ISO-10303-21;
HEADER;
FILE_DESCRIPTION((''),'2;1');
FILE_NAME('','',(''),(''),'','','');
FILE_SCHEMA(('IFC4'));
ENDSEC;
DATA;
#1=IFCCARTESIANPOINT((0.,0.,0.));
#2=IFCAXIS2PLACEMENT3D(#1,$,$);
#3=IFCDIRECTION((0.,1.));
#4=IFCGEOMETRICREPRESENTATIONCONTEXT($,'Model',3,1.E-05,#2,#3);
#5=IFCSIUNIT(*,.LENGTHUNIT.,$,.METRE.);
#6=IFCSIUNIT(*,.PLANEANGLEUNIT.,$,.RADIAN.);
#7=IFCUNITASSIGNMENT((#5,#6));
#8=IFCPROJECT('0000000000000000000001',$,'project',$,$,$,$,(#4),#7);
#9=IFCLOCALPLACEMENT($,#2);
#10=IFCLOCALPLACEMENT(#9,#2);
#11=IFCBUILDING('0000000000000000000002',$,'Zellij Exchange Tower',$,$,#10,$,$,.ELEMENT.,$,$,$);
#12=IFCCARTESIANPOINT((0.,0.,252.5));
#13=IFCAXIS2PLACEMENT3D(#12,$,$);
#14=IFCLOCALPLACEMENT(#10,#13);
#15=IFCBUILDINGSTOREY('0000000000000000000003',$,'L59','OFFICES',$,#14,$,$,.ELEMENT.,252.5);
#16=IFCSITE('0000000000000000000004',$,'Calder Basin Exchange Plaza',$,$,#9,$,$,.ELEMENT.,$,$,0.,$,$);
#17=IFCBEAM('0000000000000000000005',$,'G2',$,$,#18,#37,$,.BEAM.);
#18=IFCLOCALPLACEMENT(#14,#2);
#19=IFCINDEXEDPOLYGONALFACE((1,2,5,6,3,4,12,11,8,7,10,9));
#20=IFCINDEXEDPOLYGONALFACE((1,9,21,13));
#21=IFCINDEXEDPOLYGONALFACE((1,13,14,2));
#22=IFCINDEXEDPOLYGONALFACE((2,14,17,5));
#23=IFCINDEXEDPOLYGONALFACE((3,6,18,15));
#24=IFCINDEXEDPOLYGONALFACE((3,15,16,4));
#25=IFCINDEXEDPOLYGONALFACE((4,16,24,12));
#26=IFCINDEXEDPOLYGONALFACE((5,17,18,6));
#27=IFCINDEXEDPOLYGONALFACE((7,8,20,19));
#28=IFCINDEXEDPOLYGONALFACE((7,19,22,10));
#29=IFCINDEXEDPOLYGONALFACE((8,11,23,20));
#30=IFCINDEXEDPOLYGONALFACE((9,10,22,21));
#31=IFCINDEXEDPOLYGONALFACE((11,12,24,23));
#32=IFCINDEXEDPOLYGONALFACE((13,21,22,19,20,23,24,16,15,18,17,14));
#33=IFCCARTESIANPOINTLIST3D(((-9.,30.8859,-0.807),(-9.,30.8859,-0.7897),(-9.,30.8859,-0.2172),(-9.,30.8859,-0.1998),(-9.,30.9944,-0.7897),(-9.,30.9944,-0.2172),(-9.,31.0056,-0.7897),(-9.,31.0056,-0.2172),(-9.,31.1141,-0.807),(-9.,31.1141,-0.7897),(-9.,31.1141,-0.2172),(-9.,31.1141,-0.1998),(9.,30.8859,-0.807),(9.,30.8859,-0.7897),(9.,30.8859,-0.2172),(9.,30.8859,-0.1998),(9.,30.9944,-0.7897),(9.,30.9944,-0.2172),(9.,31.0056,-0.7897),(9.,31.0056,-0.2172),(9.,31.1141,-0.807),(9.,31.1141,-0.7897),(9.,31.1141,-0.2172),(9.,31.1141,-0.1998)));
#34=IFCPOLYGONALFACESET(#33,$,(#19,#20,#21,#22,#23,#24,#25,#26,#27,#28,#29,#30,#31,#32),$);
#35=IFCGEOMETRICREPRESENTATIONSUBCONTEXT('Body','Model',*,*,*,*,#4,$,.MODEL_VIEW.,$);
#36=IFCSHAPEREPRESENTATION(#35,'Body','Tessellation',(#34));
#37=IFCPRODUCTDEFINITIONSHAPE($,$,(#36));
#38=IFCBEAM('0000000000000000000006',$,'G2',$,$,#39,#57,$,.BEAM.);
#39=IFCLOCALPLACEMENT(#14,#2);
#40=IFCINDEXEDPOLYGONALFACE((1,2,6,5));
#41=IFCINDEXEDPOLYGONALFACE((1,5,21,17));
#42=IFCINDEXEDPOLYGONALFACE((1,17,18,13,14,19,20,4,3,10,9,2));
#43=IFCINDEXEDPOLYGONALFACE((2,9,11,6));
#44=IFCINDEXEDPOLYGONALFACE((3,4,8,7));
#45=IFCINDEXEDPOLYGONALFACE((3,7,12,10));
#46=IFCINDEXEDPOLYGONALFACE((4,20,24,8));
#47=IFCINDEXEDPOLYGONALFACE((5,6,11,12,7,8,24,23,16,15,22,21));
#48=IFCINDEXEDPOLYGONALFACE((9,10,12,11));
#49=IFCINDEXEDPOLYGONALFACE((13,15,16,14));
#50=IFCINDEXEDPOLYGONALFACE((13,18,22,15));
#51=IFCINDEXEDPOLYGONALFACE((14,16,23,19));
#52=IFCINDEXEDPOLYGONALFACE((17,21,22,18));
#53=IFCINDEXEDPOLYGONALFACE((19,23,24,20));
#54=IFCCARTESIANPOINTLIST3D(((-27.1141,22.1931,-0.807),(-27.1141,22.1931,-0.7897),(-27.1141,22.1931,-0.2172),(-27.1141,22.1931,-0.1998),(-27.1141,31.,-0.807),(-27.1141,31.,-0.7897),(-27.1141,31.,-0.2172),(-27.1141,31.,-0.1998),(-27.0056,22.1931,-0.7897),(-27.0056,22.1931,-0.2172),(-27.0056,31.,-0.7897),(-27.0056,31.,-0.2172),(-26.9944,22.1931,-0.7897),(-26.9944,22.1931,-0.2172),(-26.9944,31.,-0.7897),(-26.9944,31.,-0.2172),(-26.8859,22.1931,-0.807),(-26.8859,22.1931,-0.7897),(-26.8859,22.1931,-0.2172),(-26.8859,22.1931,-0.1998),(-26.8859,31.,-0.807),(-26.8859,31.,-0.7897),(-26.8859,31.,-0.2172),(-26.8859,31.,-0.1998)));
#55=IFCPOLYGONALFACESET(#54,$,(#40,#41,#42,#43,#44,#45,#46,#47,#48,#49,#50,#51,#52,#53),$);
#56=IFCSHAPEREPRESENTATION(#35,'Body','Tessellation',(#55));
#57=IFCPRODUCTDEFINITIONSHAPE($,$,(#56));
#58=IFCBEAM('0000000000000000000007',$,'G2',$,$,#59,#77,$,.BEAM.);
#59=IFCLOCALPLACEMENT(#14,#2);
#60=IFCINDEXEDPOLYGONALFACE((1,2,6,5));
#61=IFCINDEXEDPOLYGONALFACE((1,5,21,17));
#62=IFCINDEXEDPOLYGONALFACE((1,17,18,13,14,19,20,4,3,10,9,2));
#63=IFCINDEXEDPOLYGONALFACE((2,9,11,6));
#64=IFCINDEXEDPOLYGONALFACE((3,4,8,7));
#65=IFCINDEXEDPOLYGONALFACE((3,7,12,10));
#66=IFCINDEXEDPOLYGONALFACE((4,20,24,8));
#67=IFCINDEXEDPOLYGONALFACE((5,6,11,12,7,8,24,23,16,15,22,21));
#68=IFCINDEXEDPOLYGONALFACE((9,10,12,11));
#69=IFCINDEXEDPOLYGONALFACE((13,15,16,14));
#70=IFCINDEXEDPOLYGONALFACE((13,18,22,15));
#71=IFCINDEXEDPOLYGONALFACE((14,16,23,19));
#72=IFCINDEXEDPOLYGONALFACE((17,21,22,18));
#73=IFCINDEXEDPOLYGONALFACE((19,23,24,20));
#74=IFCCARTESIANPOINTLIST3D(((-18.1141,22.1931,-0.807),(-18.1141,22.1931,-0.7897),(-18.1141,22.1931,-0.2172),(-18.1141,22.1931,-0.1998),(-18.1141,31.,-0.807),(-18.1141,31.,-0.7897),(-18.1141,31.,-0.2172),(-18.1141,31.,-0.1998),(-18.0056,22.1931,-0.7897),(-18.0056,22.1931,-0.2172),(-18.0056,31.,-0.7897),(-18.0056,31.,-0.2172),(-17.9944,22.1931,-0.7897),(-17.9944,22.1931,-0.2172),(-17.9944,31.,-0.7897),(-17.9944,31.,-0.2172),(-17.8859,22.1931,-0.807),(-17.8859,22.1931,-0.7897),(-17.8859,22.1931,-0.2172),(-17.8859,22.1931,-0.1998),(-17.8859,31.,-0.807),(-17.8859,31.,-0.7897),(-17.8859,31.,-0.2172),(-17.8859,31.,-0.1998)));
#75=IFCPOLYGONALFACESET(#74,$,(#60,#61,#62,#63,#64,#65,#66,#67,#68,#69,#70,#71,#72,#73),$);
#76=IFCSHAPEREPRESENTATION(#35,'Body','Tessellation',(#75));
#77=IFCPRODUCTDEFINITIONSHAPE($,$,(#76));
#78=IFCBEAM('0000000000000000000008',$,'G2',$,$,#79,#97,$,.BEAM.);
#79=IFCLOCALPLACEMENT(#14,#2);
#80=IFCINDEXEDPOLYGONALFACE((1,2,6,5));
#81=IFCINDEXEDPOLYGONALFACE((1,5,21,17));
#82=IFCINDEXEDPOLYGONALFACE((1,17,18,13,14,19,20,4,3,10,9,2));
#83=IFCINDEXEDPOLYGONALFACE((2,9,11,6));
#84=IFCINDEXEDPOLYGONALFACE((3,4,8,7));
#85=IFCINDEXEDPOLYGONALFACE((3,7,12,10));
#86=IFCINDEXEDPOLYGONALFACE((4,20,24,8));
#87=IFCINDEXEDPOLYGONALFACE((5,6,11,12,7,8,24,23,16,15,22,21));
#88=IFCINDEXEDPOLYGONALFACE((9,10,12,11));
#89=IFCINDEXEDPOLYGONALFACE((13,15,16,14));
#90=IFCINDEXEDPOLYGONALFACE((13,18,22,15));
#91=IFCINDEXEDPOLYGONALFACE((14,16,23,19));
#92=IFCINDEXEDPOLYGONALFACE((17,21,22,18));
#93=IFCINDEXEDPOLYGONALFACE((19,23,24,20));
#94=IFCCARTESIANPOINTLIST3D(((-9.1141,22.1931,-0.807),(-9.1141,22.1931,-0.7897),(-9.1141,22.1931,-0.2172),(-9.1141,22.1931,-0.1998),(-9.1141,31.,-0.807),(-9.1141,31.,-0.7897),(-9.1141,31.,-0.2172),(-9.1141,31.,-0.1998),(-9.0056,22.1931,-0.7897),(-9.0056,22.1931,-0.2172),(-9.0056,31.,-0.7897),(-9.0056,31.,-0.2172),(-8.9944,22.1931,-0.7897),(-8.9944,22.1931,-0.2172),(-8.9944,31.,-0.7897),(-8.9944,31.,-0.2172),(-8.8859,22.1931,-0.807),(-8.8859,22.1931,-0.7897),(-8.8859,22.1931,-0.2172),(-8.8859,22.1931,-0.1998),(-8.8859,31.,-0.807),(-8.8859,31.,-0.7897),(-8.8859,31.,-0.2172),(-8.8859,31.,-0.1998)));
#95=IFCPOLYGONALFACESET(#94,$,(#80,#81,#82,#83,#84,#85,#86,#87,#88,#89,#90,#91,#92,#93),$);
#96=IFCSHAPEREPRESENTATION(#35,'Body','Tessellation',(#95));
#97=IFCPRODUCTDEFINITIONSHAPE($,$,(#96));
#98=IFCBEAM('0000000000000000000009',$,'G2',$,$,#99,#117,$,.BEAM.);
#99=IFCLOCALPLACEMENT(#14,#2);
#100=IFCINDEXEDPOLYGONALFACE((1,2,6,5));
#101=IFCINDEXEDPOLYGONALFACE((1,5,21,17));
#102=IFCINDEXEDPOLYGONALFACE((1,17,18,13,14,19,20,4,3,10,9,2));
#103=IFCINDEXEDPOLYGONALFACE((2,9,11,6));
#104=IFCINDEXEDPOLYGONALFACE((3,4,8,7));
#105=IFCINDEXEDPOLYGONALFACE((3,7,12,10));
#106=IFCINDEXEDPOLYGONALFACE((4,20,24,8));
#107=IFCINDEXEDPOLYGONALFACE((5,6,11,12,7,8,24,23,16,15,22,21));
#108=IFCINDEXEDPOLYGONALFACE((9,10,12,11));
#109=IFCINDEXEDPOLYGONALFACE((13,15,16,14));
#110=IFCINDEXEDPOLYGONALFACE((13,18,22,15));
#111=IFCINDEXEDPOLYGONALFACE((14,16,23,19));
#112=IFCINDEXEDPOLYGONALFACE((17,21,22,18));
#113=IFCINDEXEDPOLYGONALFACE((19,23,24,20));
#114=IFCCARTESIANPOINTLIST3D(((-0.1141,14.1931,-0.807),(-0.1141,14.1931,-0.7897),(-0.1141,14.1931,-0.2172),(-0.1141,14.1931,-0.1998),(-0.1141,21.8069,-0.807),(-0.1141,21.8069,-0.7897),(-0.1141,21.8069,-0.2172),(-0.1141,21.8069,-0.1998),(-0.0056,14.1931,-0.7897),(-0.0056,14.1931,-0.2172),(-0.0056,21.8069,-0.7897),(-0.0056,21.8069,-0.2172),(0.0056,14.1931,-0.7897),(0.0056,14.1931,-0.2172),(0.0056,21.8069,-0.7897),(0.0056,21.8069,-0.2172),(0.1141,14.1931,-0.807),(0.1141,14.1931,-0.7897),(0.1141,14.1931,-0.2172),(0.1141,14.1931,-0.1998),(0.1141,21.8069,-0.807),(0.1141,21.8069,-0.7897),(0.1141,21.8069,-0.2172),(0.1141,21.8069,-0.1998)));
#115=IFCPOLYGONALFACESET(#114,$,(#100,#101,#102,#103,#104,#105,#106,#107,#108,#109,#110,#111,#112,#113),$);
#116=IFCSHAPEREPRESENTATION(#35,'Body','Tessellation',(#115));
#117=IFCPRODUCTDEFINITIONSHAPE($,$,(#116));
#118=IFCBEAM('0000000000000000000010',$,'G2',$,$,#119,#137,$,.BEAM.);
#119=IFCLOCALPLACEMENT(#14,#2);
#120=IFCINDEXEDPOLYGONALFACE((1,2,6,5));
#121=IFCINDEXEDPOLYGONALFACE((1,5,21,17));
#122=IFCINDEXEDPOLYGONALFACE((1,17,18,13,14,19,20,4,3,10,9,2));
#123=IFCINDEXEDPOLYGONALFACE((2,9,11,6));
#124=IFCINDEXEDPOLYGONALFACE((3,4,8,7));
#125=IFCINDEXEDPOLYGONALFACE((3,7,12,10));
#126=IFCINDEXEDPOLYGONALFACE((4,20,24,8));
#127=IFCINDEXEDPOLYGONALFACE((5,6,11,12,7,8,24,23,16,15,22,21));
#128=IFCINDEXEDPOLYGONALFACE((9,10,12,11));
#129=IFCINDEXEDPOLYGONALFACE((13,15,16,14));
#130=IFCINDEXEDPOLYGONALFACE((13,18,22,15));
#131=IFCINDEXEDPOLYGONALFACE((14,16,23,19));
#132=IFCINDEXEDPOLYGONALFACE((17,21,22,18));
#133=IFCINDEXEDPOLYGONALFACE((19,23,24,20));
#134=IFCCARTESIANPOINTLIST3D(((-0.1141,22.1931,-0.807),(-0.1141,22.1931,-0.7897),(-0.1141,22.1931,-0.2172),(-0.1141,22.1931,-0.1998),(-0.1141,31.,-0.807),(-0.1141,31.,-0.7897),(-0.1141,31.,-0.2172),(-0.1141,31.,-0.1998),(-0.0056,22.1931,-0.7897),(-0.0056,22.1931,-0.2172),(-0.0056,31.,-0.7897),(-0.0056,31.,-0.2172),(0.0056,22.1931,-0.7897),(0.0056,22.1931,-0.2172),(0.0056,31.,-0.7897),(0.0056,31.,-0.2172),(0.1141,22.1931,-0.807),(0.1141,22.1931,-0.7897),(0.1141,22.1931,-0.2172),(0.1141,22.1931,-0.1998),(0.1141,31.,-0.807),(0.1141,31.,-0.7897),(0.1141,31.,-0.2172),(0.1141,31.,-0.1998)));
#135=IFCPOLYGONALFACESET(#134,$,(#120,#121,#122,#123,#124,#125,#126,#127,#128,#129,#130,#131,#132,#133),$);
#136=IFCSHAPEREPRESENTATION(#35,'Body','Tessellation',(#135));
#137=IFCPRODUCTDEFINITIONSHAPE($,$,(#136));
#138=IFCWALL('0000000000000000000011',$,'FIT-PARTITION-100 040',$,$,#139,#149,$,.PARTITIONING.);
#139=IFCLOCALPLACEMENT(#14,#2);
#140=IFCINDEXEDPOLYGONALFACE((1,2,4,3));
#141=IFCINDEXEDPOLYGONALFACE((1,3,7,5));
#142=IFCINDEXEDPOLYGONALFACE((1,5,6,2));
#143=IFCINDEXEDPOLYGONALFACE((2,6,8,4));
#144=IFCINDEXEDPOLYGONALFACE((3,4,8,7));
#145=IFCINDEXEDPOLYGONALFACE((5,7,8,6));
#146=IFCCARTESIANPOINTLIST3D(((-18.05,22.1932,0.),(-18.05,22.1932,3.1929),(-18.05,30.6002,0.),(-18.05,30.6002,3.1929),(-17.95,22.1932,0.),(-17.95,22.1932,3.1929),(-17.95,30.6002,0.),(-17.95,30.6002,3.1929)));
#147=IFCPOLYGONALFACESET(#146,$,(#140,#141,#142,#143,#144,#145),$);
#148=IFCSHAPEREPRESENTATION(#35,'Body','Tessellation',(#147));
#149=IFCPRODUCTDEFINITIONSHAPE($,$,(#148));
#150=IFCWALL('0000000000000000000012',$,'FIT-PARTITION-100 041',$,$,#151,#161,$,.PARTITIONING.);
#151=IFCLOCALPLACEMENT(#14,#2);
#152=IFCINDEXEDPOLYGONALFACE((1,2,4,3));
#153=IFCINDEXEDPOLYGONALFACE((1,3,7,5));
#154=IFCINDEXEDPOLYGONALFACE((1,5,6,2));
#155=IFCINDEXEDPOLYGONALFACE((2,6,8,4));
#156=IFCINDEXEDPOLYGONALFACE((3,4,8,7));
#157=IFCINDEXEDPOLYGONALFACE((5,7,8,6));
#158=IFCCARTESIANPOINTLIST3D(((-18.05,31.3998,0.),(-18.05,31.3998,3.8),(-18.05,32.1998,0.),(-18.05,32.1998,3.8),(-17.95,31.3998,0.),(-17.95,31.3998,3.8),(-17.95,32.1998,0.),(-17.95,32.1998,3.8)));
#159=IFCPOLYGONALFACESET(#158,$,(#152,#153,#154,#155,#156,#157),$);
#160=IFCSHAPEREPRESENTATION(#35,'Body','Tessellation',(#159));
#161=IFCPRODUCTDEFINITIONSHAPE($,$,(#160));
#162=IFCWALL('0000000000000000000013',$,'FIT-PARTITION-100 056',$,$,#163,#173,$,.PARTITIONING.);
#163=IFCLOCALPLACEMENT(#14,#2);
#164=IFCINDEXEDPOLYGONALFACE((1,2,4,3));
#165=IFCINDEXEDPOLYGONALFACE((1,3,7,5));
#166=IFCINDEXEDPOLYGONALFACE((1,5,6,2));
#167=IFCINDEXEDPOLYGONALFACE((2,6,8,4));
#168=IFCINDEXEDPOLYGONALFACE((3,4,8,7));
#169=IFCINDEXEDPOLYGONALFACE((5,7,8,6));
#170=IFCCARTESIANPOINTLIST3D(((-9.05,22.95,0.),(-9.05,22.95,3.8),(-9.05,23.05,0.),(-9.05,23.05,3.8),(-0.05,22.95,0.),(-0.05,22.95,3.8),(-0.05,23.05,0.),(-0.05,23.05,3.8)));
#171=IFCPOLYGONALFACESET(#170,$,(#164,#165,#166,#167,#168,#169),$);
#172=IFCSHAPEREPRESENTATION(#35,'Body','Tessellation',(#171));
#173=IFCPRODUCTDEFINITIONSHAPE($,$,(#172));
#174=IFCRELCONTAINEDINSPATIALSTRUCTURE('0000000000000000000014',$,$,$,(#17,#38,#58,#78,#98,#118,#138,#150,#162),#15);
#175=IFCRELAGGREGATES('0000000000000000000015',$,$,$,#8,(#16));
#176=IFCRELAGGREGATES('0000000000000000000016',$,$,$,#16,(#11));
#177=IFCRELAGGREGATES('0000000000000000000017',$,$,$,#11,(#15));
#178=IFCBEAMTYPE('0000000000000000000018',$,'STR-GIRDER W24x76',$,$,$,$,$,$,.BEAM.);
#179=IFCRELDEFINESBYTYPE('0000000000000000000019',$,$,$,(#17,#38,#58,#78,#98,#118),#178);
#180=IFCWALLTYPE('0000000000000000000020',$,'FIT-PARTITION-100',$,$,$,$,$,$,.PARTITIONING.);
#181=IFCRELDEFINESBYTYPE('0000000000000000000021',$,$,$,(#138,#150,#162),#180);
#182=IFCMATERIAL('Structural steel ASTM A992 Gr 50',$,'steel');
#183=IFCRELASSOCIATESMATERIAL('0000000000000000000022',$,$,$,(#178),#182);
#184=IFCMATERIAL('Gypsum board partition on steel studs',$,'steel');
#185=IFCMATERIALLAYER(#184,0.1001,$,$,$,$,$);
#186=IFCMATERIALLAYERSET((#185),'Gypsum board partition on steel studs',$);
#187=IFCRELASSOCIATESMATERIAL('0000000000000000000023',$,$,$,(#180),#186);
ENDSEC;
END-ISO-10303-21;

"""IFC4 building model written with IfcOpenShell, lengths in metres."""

from ifc_helpers import new_model, si_unit, direction, frame, frame_2d, origin, origin_2d, place, context, subcontext, project, spatial, rectangle, i_section, extrude, material, layer, layer_set, material_profile, profile_set, type_object, element, save


model = new_model("IFC4")

# Units and contexts
model_context = context("Model", 3, precision=1e-05, world=origin(), true_north=direction((0.0, 1.0)))
body_context = subcontext(model_context, "Body", "Model", "MODEL_VIEW")
ifc_project = project(units=[si_unit("LENGTHUNIT", "METRE"), si_unit("PLANEANGLEUNIT", "RADIAN")], contexts=[model_context])

# Site, building, storey
site_placement = place(None, origin())
site = spatial("IfcSite", under=ifc_project, at=site_placement, Name="Calder Basin Exchange Plaza", CompositionType="ELEMENT", RefElevation=0.0)
building_placement = place(site_placement, origin())
building = spatial("IfcBuilding", under=site, at=building_placement, Name="Zellij Exchange Tower", CompositionType="ELEMENT")
storey_placement = place(building_placement, frame((0.0, 0.0, 252.5)))
storey = spatial("IfcBuildingStorey", under=building, at=storey_placement, Name="L59", Description="OFFICES", CompositionType="ELEMENT", Elevation=252.5)

# Shared definitions
ifc_material_1 = material(Name="Structural steel ASTM A992 Gr 50", Category="steel")

# Beams
ifc_material_profile_1 = material_profile(ifc_material_1, i_section(OverallWidth=0.2283, OverallDepth=0.6072, WebThickness=0.0112, FlangeThickness=0.0173, at=origin_2d()), Name="W24x76")
ifc_profile_set_1 = profile_set([ifc_material_profile_1], Name="Structural steel ASTM A992 Gr 50")
beam_type = type_object("IfcBeamType", Name="STR-GIRDER W24x76", PredefinedType="BEAM", material=ifc_profile_set_1)
for number, where, z_axis, x_axis, name in (
    (1, (-9.0, 31.0, -0.5034), (1.0, 0.0, 0.0), (0.0, 1.0, 0.0), "G2"),
):
    element("IfcBeam", number, at=place(storey_placement, frame(where, z_axis=z_axis, x_axis=x_axis)), inside=storey, type_object=beam_type, Name=name, PredefinedType="BEAM", context=body_context, shape_type="SweptSolid", body=[
        extrude(i_section(OverallWidth=0.2283, OverallDepth=0.6072, WebThickness=0.0112, FlangeThickness=0.0173, at=origin_2d()), origin(), (0.0, 0.0, 1.0), 18.0),
    ])
for number, where, z_axis, x_axis, name in (
    (2, (-27.0, 22.1931, -0.5034), (0.0, 1.0, 0.0), (-1.0, 0.0, 0.0), "G2"),
    (3, (-18.0, 22.1931, -0.5034), (0.0, 1.0, 0.0), (-1.0, 0.0, 0.0), "G2"),
    (4, (-9.0, 22.1931, -0.5034), (0.0, 1.0, 0.0), (-1.0, 0.0, 0.0), "G2"),
):
    element("IfcBeam", number, at=place(storey_placement, frame(where, z_axis=z_axis, x_axis=x_axis)), inside=storey, type_object=beam_type, Name=name, PredefinedType="BEAM", context=body_context, shape_type="SweptSolid", body=[
        extrude(i_section(OverallWidth=0.2283, OverallDepth=0.6072, WebThickness=0.0112, FlangeThickness=0.0173, at=origin_2d()), origin(), (0.0, 0.0, 1.0), 8.8069),
    ])
beam_1_placement = place(storey_placement, frame((0.0, 14.1931, -0.5034), z_axis=(0.0, 1.0, 0.0), x_axis=(-1.0, 0.0, 0.0)))
element("IfcBeam", 5, at=beam_1_placement, inside=storey, type_object=beam_type, Name="G2", PredefinedType="BEAM", context=body_context, shape_type="SweptSolid", body=[
    extrude(i_section(OverallWidth=0.2283, OverallDepth=0.6072, WebThickness=0.0112, FlangeThickness=0.0173, at=origin_2d()), origin(), (0.0, 0.0, 1.0), 7.6138),
])
beam_2_placement = place(storey_placement, frame((0.0, 22.1931, -0.5034), z_axis=(0.0, 1.0, 0.0), x_axis=(-1.0, 0.0, 0.0)))
element("IfcBeam", 6, at=beam_2_placement, inside=storey, type_object=beam_type, Name="G2", PredefinedType="BEAM", context=body_context, shape_type="SweptSolid", body=[
    extrude(i_section(OverallWidth=0.2283, OverallDepth=0.6072, WebThickness=0.0112, FlangeThickness=0.0173, at=origin_2d()), origin(), (0.0, 0.0, 1.0), 8.8069),
])

# Walls
ifc_material_2 = material(Name="Gypsum board partition on steel studs", Category="steel")
ifc_layer = layer(ifc_material_2, 0.1001)
ifc_layer_set = layer_set([ifc_layer], Name="Gypsum board partition on steel studs")
wall_type = type_object("IfcWallType", Name="FIT-PARTITION-100", PredefinedType="PARTITIONING", material=ifc_layer_set)
wall_1_placement = place(storey_placement, frame((-18.0, 22.1931, 0.0), z_axis=(0.0, 0.0, 1.0), x_axis=(0.0, 1.0, 0.0)))
element("IfcWall", 7, at=wall_1_placement, inside=storey, type_object=wall_type, Name="FIT-PARTITION-100 040", PredefinedType="PARTITIONING", context=body_context, shape_type="SweptSolid", body=[
    extrude(rectangle(XDim=8.407, YDim=0.1001, at=frame_2d((4.2036, 0.0))), origin(), (0.0, 0.0, 1.0), 3.1929),
])
wall_2_placement = place(storey_placement, frame((-18.0, 31.3999, 0.0), z_axis=(0.0, 0.0, 1.0), x_axis=(0.0, 1.0, 0.0)))
element("IfcWall", 8, at=wall_2_placement, inside=storey, type_object=wall_type, Name="FIT-PARTITION-100 041", PredefinedType="PARTITIONING", context=body_context, shape_type="SweptSolid", body=[
    extrude(rectangle(XDim=0.8, YDim=0.1001, at=frame_2d((0.3999, 0.0))), origin(), (0.0, 0.0, 1.0), 3.8),
])
wall_3_placement = place(storey_placement, frame((-9.05, 23.0, 0.0), z_axis=(0.0, 0.0, 1.0), x_axis=(1.0, 0.0, 0.0)))
element("IfcWall", 9, at=wall_3_placement, inside=storey, type_object=wall_type, Name="FIT-PARTITION-100 056", PredefinedType="PARTITIONING", context=body_context, shape_type="SweptSolid", body=[
    extrude(rectangle(XDim=9.0, YDim=0.1001, at=frame_2d((4.5, 0.0))), origin(), (0.0, 0.0, 1.0), 3.8),
])

save(model, "model.ifc")
